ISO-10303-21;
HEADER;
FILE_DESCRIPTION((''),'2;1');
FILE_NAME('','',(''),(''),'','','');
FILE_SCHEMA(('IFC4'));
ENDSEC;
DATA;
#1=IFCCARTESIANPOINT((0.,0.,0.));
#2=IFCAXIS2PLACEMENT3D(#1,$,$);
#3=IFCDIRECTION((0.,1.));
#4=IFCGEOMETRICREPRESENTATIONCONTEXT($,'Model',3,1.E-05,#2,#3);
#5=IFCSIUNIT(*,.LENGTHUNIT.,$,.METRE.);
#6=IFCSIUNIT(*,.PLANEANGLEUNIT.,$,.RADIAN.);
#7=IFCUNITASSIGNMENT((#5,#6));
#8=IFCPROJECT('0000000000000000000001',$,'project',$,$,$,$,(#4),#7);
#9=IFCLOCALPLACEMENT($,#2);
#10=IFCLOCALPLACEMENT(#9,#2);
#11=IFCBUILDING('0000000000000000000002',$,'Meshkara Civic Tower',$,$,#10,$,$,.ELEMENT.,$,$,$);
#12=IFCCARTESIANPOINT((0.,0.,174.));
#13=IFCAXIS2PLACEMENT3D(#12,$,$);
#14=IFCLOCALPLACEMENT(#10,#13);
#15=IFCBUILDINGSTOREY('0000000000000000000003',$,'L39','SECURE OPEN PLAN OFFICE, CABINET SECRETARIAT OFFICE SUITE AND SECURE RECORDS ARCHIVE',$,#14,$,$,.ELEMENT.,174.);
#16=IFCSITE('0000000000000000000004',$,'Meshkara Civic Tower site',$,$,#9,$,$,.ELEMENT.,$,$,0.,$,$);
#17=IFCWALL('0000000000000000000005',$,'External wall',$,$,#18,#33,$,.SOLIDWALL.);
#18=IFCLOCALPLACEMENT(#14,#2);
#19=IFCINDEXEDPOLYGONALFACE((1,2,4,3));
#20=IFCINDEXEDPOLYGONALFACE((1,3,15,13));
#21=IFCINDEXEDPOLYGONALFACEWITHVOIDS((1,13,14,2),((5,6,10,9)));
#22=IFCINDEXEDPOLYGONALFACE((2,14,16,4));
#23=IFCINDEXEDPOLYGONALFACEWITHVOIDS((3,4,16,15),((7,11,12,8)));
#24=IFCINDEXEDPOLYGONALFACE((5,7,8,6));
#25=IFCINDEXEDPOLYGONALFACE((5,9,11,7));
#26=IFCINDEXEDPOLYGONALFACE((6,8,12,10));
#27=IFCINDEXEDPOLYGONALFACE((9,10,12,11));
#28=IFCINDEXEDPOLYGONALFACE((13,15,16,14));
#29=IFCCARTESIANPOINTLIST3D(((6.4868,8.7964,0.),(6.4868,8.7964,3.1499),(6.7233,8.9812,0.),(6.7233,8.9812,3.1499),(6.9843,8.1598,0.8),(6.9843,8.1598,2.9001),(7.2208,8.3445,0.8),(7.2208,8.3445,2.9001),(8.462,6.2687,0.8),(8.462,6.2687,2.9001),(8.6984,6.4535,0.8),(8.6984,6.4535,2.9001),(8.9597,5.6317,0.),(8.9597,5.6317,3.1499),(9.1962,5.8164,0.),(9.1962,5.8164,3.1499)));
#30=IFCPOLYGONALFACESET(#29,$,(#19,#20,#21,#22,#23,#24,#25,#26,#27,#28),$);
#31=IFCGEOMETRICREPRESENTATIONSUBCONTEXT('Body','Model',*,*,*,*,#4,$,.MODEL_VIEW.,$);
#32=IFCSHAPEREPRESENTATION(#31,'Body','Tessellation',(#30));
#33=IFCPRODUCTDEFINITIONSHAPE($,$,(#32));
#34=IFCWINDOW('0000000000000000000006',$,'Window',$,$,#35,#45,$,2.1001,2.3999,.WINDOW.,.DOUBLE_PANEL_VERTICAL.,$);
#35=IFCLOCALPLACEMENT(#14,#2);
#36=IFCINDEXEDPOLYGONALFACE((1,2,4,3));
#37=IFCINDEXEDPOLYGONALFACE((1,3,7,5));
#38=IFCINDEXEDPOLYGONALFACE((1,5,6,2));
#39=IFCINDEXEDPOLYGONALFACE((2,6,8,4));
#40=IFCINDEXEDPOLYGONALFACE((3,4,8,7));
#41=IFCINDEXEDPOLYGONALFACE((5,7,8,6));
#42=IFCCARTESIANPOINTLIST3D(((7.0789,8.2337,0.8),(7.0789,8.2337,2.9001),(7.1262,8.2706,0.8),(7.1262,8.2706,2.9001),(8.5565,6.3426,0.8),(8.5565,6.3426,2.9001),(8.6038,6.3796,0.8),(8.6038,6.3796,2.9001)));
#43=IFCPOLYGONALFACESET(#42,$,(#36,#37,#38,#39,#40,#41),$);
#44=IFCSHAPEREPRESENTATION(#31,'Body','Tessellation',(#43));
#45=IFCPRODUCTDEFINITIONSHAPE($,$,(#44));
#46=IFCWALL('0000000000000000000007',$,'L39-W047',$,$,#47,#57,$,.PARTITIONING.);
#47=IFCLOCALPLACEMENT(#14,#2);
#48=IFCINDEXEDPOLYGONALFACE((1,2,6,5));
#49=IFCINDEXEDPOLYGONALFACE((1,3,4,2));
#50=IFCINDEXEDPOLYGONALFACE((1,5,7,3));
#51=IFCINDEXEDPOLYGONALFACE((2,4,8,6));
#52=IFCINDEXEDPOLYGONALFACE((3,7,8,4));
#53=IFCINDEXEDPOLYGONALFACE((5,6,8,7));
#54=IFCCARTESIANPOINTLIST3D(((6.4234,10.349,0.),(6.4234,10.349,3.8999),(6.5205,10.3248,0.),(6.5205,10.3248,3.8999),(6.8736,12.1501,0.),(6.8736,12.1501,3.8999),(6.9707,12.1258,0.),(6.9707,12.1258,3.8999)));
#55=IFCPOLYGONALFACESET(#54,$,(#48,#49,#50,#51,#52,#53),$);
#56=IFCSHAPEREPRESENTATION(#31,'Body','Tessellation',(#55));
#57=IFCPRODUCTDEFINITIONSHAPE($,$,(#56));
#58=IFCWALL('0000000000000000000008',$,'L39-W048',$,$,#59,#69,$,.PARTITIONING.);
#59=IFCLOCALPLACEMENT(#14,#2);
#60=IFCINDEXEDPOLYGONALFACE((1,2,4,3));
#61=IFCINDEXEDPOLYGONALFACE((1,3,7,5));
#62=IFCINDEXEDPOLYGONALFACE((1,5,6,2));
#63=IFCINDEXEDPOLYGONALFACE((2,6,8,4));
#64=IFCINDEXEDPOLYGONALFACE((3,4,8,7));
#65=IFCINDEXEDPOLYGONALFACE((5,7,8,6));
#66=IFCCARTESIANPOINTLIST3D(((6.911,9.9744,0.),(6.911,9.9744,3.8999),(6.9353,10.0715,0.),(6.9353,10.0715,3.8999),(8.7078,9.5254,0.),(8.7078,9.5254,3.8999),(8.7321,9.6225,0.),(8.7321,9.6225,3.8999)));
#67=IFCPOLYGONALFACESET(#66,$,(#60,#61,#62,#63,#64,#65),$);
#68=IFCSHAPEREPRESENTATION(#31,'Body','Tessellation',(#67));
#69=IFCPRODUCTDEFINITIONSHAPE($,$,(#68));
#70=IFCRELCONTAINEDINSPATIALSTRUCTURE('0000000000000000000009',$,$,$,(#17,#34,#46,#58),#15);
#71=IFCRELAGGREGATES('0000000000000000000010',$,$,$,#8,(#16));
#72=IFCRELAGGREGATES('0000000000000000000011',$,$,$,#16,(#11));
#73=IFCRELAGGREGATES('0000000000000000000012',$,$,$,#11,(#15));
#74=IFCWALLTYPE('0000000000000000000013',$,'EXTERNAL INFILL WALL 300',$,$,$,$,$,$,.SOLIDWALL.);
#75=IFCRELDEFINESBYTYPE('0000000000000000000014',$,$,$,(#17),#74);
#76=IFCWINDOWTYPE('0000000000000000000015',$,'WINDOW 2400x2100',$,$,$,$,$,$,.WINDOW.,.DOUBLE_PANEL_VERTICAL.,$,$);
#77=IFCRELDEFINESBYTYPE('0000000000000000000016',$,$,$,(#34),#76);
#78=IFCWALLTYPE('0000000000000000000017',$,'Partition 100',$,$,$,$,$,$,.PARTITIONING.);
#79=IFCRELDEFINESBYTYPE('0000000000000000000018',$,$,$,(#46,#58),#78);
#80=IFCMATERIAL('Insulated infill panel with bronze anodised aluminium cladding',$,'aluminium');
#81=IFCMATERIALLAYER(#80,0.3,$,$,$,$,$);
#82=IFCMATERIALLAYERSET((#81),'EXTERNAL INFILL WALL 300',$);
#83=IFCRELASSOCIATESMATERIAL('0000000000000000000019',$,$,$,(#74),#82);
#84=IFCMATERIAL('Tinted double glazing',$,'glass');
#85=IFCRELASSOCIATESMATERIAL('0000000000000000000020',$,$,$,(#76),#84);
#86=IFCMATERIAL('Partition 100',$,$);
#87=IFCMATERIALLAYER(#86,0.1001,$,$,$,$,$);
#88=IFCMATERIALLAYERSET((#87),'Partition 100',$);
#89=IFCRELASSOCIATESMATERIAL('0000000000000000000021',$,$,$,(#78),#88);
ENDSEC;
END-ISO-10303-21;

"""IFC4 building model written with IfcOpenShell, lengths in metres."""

from ifc_helpers import new_model, si_unit, direction, frame, frame_2d, origin, place, context, subcontext, project, spatial, rectangle, extrude, material, layer, layer_set, type_object, element, fill, save


model = new_model("IFC4")

# Units and contexts
model_context = context("Model", 3, precision=1e-05, world=origin(), true_north=direction((0.0, 1.0)))
body_context = subcontext(model_context, "Body", "Model", "MODEL_VIEW")
ifc_project = project(units=[si_unit("LENGTHUNIT", "METRE"), si_unit("PLANEANGLEUNIT", "RADIAN")], contexts=[model_context])

# Site, building, storey
site_placement = place(None, origin())
site = spatial("IfcSite", under=ifc_project, at=site_placement, Name="Meshkara Civic Tower site", CompositionType="ELEMENT", RefElevation=0.0)
building_placement = place(site_placement, origin())
building = spatial("IfcBuilding", under=site, at=building_placement, Name="Meshkara Civic Tower", CompositionType="ELEMENT")
storey_placement = place(building_placement, frame((0.0, 0.0, 174.0)))
storey = spatial("IfcBuildingStorey", under=building, at=storey_placement, Name="L39", Description="SECURE OPEN PLAN OFFICE, CABINET SECRETARIAT OFFICE SUITE AND SECURE RECORDS ARCHIVE", CompositionType="ELEMENT", Elevation=174.0)

# Wall, opening, window
ifc_material_1 = material(Name="Insulated infill panel with bronze anodised aluminium cladding", Category="aluminium")
ifc_layer_1 = layer(ifc_material_1, 0.3)
ifc_layer_set_1 = layer_set([ifc_layer_1], Name="EXTERNAL INFILL WALL 300")
wall_type_1 = type_object("IfcWallType", Name="EXTERNAL INFILL WALL 300", PredefinedType="SOLIDWALL", material=ifc_layer_set_1)
ifc_material_2 = material(Name="Tinted double glazing", Category="glass")
window_type = type_object("IfcWindowType", Name="WINDOW 2400x2100", PartitioningType="DOUBLE_PANEL_VERTICAL", PredefinedType="WINDOW", material=ifc_material_2)
wall_1_placement = place(storey_placement, frame((6.605, 8.8889, 0.0), z_axis=(0.0, 0.0, 1.0), x_axis=(0.615707, -0.787976, 0.0)))
wall_1 = element("IfcWall", 1, at=wall_1_placement, inside=storey, type_object=wall_type_1, Name="External wall", PredefinedType="SOLIDWALL", context=body_context, shape_type="SweptSolid", body=[
    extrude(rectangle(XDim=4.0164, YDim=0.3, at=frame_2d((2.0083, 0.0))), origin(), (0.0, 0.0, 1.0), 3.1499),
])
opening_1_placement = place(wall_1_placement, frame((0.8081, 0.0, 0.8)))
opening_1 = element("IfcOpeningElement", 2, at=opening_1_placement, cuts=wall_1, PredefinedType="OPENING", context=body_context, shape_type="SweptSolid", body=[
    extrude(rectangle(XDim=2.3999, YDim=2.1001, at=frame_2d((1.2, 1.05))), frame((0.0, 0.1599, 0.0), z_axis=(0.0, -1.0, 0.0), x_axis=(1.0, 0.0, 0.0)), (0.0, 0.0, 1.0), 0.3201),
])
window_1_placement = place(opening_1_placement, origin())
window_1 = element("IfcWindow", 3, at=window_1_placement, inside=storey, type_object=window_type, Name="Window", OverallHeight=2.1001, OverallWidth=2.3999, PartitioningType="DOUBLE_PANEL_VERTICAL", PredefinedType="WINDOW", context=body_context, shape_type="SweptSolid", body=[
    extrude(rectangle(XDim=2.3999, YDim=2.1001, at=frame_2d((1.2, 1.05))), frame((0.0, 0.03, 0.0), z_axis=(0.0, -1.0, 0.0), x_axis=(1.0, 0.0, 0.0)), (0.0, 0.0, 1.0), 0.0601),
])
fill(opening_1, window_1)

# Walls
ifc_material_3 = material(Name="Partition 100")
ifc_layer_2 = layer(ifc_material_3, 0.1001)
ifc_layer_set_2 = layer_set([ifc_layer_2], Name="Partition 100")
wall_type_2 = type_object("IfcWallType", Name="Partition 100", PredefinedType="PARTITIONING", material=ifc_layer_set_2)
wall_2_placement = place(storey_placement, frame((6.9221, 12.1379, 0.0), z_axis=(0.0, 0.0, 1.0), x_axis=(-0.242505, -0.97015, 0.0)))
element("IfcWall", 4, at=wall_2_placement, inside=storey, type_object=wall_type_2, Name="L39-W047", PredefinedType="PARTITIONING", context=body_context, shape_type="SweptSolid", body=[
    extrude(rectangle(XDim=1.8564, YDim=0.1001, at=frame_2d((0.9282, 0.0))), origin(), (0.0, 0.0, 1.0), 3.8999),
])
wall_3_placement = place(storey_placement, frame((8.72, 9.574, 0.0), z_axis=(0.0, 0.0, 1.0), x_axis=(-0.970174, 0.242412, 0.0)))
element("IfcWall", 5, at=wall_3_placement, inside=storey, type_object=wall_type_2, Name="L39-W048", PredefinedType="PARTITIONING", context=body_context, shape_type="SweptSolid", body=[
    extrude(rectangle(XDim=1.8521, YDim=0.1001, at=frame_2d((0.926, 0.0))), origin(), (0.0, 0.0, 1.0), 3.8999),
])

save(model, "model.ifc")
